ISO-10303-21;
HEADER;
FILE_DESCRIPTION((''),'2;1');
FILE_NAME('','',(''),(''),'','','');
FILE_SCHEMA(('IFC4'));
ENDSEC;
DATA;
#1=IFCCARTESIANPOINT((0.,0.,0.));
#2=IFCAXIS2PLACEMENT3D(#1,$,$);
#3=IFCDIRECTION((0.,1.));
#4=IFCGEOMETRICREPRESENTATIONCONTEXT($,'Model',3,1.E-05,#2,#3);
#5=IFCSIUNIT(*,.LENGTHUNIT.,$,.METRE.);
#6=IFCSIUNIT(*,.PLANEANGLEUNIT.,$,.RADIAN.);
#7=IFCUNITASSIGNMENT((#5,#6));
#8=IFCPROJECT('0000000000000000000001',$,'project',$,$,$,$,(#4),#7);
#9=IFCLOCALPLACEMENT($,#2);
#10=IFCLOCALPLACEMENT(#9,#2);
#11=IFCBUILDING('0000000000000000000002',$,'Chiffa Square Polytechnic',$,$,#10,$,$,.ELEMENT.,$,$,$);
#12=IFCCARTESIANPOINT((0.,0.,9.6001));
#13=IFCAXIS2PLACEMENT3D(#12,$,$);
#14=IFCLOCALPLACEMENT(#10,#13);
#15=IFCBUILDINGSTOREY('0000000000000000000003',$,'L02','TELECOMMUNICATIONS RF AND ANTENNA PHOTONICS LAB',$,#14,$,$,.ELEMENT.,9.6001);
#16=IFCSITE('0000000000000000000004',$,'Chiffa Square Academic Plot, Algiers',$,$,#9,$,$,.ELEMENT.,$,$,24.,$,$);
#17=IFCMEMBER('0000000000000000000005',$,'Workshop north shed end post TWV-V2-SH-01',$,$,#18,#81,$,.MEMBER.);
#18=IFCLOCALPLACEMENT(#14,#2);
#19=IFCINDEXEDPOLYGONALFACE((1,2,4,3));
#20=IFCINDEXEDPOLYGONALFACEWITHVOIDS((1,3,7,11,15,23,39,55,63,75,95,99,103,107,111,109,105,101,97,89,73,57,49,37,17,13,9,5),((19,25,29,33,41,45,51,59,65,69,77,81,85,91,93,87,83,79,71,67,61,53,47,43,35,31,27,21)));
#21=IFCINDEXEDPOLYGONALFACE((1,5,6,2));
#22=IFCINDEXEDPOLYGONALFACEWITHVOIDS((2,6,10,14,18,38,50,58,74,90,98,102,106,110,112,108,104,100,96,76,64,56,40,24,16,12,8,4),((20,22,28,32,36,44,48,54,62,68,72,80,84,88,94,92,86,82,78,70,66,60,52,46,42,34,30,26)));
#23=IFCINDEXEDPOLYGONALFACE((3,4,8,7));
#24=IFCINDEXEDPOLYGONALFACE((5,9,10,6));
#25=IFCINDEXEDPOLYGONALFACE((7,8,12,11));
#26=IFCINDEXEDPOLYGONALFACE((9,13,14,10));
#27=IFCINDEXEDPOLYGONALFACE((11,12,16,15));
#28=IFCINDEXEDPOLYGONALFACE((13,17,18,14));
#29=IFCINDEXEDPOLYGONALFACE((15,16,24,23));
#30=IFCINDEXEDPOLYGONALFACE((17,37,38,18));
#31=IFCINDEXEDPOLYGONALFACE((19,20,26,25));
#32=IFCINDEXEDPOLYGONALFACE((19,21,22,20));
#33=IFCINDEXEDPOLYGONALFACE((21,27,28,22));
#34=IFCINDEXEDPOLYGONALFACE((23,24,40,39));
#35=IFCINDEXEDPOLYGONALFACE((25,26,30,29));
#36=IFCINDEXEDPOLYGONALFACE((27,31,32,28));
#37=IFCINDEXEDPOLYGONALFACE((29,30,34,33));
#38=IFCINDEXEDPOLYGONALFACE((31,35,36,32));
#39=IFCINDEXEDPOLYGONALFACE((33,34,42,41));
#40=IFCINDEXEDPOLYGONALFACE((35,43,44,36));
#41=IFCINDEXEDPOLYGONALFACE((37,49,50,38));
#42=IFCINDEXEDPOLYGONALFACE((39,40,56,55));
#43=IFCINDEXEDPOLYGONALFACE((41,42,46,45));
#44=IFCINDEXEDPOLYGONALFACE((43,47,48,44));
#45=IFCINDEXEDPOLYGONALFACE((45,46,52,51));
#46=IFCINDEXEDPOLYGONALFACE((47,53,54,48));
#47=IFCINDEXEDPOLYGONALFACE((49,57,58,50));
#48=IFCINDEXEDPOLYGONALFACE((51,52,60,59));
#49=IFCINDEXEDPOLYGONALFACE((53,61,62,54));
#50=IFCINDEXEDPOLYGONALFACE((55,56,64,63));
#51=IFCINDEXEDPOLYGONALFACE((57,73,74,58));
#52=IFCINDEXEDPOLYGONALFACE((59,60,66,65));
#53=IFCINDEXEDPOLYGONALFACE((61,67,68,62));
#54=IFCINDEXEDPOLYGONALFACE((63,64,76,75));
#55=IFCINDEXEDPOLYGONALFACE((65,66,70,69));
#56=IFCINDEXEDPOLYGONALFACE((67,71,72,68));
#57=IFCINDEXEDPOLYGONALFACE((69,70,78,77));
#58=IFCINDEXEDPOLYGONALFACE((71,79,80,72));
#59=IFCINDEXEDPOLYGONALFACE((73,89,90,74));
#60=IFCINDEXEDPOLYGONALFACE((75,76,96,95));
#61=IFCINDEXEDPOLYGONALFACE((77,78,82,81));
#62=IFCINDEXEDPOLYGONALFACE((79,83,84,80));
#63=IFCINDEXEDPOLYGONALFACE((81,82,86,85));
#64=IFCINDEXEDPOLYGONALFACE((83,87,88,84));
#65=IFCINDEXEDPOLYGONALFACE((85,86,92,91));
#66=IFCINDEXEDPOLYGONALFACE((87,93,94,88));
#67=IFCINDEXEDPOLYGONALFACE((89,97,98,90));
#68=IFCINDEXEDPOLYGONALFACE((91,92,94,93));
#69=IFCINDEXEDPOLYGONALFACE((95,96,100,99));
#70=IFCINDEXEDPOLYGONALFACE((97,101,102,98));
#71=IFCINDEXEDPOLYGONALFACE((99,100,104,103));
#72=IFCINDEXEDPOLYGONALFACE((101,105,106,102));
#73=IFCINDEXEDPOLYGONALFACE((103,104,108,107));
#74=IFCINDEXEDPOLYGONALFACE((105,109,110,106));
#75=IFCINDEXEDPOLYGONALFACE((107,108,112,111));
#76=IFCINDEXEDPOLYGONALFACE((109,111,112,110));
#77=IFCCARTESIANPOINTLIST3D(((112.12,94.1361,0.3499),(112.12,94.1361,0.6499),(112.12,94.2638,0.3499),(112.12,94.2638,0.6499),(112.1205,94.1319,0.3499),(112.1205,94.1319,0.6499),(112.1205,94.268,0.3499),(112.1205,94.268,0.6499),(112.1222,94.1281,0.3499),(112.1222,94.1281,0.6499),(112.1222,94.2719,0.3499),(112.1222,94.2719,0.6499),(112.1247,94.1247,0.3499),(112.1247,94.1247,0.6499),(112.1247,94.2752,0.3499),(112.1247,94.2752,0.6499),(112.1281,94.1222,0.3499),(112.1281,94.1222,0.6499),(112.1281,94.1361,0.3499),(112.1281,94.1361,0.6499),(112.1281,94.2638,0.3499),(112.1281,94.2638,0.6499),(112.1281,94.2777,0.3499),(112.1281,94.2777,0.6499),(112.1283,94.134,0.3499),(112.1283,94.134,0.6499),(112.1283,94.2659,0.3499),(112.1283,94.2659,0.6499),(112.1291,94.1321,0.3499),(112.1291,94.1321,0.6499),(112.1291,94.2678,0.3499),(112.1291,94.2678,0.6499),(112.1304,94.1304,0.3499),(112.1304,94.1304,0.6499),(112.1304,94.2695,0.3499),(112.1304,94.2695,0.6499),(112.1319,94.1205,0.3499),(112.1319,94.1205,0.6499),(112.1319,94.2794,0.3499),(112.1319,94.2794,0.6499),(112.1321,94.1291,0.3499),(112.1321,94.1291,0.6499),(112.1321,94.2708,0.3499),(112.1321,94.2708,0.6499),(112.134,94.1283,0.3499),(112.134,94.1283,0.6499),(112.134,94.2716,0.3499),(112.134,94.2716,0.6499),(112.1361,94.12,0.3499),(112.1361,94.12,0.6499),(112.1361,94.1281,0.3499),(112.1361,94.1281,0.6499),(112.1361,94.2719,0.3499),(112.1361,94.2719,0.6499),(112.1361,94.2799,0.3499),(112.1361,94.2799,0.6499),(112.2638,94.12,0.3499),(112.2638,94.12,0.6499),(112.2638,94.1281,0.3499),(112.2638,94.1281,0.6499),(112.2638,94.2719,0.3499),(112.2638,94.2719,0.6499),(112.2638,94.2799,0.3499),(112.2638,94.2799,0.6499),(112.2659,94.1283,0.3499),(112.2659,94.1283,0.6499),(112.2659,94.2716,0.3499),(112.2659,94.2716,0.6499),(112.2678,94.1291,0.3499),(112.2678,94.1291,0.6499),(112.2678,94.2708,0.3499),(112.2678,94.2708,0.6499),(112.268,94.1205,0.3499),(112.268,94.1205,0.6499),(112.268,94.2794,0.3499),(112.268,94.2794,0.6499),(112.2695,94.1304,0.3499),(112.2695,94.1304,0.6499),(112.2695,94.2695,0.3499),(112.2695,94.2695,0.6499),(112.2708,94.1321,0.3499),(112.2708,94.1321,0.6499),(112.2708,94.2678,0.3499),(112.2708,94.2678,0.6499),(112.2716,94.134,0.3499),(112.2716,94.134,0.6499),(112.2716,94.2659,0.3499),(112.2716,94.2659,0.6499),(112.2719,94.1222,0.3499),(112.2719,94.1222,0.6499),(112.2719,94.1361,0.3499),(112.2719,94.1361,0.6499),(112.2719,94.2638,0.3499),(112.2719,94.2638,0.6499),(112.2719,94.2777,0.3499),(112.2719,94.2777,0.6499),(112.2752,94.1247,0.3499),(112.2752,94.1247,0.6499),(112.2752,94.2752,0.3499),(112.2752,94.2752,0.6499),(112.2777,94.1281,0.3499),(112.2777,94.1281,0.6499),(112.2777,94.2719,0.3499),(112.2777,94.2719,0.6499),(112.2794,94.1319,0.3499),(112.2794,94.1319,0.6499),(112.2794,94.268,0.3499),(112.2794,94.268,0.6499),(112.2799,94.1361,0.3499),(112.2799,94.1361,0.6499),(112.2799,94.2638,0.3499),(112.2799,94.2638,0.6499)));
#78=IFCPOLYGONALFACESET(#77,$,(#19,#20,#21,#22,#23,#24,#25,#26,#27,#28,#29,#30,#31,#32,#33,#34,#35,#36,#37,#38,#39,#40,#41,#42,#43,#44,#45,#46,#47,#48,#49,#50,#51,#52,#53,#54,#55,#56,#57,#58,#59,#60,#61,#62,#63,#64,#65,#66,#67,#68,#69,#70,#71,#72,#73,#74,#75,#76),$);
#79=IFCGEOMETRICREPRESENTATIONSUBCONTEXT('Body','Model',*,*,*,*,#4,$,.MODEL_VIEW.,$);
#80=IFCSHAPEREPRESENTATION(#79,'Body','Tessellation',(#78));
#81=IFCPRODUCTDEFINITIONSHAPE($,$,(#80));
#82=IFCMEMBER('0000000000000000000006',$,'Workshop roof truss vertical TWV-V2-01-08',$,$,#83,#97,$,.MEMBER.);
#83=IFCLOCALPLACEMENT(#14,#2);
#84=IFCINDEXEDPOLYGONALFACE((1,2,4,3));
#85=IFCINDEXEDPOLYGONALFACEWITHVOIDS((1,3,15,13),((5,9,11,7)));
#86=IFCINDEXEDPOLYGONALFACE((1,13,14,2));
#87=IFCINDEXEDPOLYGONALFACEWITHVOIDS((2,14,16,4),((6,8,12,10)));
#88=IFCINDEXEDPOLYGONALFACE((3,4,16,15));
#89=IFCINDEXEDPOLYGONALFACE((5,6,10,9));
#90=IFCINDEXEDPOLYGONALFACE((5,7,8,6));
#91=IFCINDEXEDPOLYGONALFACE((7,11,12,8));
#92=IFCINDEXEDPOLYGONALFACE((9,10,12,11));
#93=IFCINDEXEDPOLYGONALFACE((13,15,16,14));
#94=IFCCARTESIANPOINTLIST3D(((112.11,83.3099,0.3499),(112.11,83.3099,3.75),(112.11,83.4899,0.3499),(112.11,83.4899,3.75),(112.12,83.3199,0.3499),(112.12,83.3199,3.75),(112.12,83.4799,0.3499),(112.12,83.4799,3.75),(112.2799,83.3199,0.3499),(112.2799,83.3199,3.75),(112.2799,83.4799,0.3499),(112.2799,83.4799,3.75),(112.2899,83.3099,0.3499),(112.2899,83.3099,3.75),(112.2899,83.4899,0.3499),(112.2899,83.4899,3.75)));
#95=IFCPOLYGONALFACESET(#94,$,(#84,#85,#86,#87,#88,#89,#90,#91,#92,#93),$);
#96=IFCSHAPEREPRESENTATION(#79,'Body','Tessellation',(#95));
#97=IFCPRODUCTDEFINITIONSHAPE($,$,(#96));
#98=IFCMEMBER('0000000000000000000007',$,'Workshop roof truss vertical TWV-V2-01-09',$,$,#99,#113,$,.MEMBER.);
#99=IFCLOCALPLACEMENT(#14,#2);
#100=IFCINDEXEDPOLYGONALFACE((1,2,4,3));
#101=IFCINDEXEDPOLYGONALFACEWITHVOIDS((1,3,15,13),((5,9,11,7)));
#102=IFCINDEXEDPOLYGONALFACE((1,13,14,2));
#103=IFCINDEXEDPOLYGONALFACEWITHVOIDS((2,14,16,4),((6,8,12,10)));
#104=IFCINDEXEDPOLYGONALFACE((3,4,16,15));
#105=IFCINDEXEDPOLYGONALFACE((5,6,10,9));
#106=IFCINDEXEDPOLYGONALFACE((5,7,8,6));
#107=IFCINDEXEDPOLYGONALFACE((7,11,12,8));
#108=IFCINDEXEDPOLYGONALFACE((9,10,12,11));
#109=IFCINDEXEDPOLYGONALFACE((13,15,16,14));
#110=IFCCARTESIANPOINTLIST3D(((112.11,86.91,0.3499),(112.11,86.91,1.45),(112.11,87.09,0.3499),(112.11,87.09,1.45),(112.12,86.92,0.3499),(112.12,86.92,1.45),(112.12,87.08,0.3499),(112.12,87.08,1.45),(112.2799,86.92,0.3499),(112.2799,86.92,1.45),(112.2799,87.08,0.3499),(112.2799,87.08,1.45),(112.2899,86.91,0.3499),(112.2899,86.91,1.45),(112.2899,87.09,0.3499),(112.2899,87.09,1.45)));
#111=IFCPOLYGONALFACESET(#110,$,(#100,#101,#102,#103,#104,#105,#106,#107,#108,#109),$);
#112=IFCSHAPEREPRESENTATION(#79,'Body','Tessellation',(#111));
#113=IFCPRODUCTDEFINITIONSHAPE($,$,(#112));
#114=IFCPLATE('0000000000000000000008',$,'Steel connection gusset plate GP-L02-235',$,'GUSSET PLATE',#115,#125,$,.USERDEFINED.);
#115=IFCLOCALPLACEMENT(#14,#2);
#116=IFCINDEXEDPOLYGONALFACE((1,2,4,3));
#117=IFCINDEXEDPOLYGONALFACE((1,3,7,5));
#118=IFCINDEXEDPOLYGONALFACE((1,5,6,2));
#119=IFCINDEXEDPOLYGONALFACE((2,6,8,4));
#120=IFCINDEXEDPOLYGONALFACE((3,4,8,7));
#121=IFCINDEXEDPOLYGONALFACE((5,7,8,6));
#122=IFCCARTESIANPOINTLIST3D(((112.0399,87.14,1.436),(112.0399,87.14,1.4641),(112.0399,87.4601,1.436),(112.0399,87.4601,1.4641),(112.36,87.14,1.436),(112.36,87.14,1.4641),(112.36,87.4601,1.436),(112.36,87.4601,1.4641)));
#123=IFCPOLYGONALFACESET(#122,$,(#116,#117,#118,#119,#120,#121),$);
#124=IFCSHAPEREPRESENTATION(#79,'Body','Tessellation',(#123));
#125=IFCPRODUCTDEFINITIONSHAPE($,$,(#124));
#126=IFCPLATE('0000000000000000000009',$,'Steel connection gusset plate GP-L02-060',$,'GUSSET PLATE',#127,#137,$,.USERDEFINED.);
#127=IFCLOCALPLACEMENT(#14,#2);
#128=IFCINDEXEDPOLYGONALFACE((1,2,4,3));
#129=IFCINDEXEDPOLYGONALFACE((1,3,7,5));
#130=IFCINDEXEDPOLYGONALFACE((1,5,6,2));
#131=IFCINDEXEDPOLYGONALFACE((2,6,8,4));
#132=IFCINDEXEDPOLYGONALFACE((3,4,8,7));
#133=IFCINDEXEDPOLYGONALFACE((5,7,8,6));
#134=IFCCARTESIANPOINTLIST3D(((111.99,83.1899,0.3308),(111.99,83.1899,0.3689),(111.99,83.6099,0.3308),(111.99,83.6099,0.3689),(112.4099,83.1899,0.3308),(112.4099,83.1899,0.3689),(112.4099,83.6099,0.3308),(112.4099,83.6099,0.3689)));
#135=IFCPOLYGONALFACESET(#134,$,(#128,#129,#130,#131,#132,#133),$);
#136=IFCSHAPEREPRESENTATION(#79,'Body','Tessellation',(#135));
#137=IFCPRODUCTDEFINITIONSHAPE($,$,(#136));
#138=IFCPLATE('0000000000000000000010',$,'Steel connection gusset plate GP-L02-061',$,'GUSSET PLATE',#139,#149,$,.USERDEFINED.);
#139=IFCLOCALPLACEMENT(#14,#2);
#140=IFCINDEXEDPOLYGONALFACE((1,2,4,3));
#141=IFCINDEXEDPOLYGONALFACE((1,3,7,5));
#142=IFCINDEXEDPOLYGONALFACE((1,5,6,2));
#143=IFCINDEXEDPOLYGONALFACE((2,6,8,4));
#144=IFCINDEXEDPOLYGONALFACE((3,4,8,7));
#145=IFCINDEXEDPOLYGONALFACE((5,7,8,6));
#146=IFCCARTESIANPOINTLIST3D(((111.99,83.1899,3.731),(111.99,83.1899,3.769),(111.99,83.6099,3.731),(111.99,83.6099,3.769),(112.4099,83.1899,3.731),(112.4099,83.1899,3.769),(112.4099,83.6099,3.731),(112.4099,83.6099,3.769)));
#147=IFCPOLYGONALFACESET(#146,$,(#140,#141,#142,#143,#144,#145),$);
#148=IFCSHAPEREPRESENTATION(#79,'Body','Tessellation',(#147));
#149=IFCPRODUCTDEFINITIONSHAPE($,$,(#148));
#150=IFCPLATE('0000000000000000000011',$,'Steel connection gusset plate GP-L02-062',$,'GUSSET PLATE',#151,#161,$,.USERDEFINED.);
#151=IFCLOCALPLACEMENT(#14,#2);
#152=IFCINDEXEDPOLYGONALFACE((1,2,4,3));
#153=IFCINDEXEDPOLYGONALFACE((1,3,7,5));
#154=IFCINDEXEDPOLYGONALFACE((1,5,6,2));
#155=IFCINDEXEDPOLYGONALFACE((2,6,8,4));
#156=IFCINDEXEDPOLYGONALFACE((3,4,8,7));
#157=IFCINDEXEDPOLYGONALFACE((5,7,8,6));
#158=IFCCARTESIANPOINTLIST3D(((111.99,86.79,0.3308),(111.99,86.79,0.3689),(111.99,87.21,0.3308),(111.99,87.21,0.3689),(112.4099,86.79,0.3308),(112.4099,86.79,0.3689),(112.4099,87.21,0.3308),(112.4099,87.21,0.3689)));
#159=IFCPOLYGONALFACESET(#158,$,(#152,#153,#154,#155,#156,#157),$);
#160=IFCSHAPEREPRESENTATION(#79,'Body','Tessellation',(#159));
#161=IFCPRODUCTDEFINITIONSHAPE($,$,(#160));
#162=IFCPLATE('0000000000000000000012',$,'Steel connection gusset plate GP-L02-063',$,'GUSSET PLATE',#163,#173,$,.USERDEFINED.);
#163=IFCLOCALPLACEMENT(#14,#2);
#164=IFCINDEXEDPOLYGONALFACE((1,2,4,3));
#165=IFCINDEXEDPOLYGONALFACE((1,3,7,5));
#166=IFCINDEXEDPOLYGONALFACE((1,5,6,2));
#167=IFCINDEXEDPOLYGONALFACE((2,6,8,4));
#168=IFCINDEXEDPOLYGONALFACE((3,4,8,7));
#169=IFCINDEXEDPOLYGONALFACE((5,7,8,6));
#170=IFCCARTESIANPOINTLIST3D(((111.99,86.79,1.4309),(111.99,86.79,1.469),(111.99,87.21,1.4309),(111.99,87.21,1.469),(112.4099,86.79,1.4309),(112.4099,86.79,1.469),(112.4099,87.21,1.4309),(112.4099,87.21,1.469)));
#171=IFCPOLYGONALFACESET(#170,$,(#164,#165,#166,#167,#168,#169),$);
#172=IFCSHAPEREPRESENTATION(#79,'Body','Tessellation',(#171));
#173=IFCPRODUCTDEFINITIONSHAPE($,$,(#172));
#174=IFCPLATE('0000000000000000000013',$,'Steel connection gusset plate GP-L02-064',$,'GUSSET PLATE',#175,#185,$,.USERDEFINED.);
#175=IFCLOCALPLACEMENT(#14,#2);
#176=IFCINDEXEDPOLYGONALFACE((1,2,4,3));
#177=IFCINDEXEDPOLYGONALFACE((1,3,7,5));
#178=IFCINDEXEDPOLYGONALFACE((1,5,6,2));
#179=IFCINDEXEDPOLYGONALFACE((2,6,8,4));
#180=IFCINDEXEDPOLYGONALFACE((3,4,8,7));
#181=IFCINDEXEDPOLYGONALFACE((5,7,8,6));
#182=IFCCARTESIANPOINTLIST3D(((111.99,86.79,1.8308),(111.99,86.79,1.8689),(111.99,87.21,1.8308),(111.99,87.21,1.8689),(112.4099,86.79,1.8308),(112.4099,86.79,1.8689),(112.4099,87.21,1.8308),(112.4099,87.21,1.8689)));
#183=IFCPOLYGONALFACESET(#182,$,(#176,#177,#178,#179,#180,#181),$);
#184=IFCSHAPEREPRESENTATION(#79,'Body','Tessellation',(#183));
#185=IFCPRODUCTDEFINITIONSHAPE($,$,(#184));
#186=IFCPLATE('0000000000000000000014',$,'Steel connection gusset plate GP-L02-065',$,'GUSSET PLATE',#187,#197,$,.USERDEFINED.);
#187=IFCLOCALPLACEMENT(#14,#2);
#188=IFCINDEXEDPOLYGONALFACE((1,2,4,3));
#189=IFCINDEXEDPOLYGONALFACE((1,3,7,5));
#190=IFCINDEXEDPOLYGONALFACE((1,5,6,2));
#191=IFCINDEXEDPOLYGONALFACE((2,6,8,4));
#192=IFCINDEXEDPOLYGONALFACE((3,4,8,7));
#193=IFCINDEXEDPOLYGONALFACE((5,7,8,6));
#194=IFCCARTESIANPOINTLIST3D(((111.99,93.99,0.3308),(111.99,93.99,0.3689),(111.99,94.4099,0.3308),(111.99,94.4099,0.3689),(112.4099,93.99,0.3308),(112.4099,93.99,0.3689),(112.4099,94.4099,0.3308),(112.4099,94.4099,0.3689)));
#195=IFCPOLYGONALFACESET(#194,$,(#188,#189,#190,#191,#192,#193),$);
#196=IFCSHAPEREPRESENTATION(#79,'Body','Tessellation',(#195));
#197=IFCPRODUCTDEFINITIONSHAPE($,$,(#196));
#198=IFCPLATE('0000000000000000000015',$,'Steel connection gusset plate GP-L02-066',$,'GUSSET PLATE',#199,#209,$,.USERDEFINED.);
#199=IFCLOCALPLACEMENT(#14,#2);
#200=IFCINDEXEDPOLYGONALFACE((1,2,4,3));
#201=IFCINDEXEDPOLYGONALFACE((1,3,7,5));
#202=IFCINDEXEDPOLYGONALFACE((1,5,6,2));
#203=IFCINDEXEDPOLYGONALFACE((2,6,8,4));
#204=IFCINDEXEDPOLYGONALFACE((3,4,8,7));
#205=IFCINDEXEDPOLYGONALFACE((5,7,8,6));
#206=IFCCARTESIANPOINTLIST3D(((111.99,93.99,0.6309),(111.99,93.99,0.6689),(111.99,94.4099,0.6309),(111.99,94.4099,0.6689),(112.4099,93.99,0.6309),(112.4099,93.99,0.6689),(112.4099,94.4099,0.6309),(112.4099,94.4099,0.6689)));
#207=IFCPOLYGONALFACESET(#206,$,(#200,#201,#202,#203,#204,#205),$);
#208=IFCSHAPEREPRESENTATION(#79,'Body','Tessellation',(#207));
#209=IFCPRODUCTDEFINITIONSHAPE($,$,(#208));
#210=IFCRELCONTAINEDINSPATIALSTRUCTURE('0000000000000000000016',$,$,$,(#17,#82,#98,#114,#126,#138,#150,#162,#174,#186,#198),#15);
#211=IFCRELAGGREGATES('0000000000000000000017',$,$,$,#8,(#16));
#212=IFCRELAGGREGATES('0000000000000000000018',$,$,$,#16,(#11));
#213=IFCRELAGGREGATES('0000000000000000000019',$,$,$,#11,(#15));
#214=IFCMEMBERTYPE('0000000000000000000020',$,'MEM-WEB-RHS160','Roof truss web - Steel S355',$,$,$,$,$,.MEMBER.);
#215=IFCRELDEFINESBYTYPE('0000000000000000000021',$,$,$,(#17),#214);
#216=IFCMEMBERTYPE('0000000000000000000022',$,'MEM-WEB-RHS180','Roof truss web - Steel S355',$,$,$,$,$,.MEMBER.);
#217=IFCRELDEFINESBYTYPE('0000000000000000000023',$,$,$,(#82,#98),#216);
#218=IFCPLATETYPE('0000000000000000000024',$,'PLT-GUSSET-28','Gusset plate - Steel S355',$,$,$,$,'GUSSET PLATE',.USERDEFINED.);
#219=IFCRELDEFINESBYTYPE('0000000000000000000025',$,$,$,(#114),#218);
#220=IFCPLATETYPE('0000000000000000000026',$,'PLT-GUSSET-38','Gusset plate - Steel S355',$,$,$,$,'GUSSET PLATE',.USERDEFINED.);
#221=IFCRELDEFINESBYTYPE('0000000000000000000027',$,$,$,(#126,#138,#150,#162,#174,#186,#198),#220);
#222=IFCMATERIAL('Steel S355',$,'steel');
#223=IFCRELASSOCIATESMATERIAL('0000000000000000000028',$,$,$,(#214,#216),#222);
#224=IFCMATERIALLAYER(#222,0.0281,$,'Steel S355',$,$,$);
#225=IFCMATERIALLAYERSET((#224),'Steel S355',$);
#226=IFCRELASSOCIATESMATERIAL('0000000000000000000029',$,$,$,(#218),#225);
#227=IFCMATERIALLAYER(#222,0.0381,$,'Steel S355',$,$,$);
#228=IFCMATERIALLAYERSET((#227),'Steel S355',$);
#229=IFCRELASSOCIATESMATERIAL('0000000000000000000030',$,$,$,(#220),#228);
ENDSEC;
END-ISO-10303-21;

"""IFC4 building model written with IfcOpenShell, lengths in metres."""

from ifc_helpers import new_model, si_unit, direction, frame, origin, origin_2d, place, context, subcontext, project, spatial, rectangle, hollow_rectangle, extrude, material, layer, layer_set, material_profile, profile_set, type_object, element, save


model = new_model("IFC4")

# Units and contexts
model_context = context("Model", 3, precision=1e-05, world=origin(), true_north=direction((0.0, 1.0)))
body_context = subcontext(model_context, "Body", "Model", "MODEL_VIEW")
ifc_project = project(units=[si_unit("LENGTHUNIT", "METRE"), si_unit("PLANEANGLEUNIT", "RADIAN")], contexts=[model_context])

# Site, building, storey
site_placement = place(None, origin())
site = spatial("IfcSite", under=ifc_project, at=site_placement, Name="Chiffa Square Academic Plot, Algiers", CompositionType="ELEMENT", RefElevation=24.0)
building_placement = place(site_placement, origin())
building = spatial("IfcBuilding", under=site, at=building_placement, Name="Chiffa Square Polytechnic", CompositionType="ELEMENT")
storey_placement = place(building_placement, frame((0.0, 0.0, 9.6001)))
storey = spatial("IfcBuildingStorey", under=building, at=storey_placement, Name="L02", Description="TELECOMMUNICATIONS RF AND ANTENNA PHOTONICS LAB", CompositionType="ELEMENT", Elevation=9.6001)

# Shared definitions
ifc_material_1 = material(Name="Steel S355", Category="steel")

# Members
ifc_material_profile_1 = material_profile(ifc_material_1, hollow_rectangle(XDim=0.1599, YDim=0.1599, WallThickness=0.0081, InnerFilletRadius=0.0081, OuterFilletRadius=0.0161, at=origin_2d()), Name="RHS 160x160x8")
ifc_profile_set_1 = profile_set([ifc_material_profile_1], Name="Steel S355")
member_type_1 = type_object("IfcMemberType", Name="MEM-WEB-RHS160", Description="Roof truss web - Steel S355", PredefinedType="MEMBER", material=ifc_profile_set_1)
member_1_placement = place(storey_placement, frame((112.2, 94.2, 0.3499), z_axis=(0.0, 0.0, 1.0), x_axis=(1.0, 0.0, 0.0)))
element("IfcMember", 1, at=member_1_placement, inside=storey, type_object=member_type_1, Name="Workshop north shed end post TWV-V2-SH-01", PredefinedType="MEMBER", context=body_context, shape_type="SweptSolid", body=[
    extrude(hollow_rectangle(XDim=0.1599, YDim=0.1599, WallThickness=0.0081, InnerFilletRadius=0.0081, OuterFilletRadius=0.0161, at=origin_2d()), origin(), (0.0, 0.0, 1.0), 0.3),
])
ifc_material_profile_2 = material_profile(ifc_material_1, hollow_rectangle(XDim=0.1799, YDim=0.1799, WallThickness=0.01, at=origin_2d()), Name="RHS 180x180x10")
ifc_profile_set_2 = profile_set([ifc_material_profile_2], Name="Steel S355")
member_type_2 = type_object("IfcMemberType", Name="MEM-WEB-RHS180", Description="Roof truss web - Steel S355", PredefinedType="MEMBER", material=ifc_profile_set_2)
member_2_placement = place(storey_placement, frame((112.2, 83.3999, 0.3499), z_axis=(0.0, 0.0, 1.0), x_axis=(1.0, 0.0, 0.0)))
element("IfcMember", 2, at=member_2_placement, inside=storey, type_object=member_type_2, Name="Workshop roof truss vertical TWV-V2-01-08", PredefinedType="MEMBER", context=body_context, shape_type="SweptSolid", body=[
    extrude(hollow_rectangle(XDim=0.1799, YDim=0.1799, WallThickness=0.01, at=origin_2d()), origin(), (0.0, 0.0, 1.0), 3.4001),
])
member_3_placement = place(storey_placement, frame((112.2, 87.0, 0.3499), z_axis=(0.0, 0.0, 1.0), x_axis=(1.0, 0.0, 0.0)))
element("IfcMember", 3, at=member_3_placement, inside=storey, type_object=member_type_2, Name="Workshop roof truss vertical TWV-V2-01-09", PredefinedType="MEMBER", context=body_context, shape_type="SweptSolid", body=[
    extrude(hollow_rectangle(XDim=0.1799, YDim=0.1799, WallThickness=0.01, at=origin_2d()), origin(), (0.0, 0.0, 1.0), 1.1001),
])

# Plates
ifc_layer_1 = layer(ifc_material_1, 0.0281, Name="Steel S355")
ifc_layer_set_1 = layer_set([ifc_layer_1], Name="Steel S355")
plate_type_1 = type_object("IfcPlateType", Name="PLT-GUSSET-28", Description="Gusset plate - Steel S355", ElementType="GUSSET PLATE", PredefinedType="USERDEFINED", material=ifc_layer_set_1)
plate_placement = place(storey_placement, frame((112.2, 87.3, 1.436), z_axis=(0.0, 0.0, 1.0), x_axis=(1.0, 0.0, 0.0)))
element("IfcPlate", 4, at=plate_placement, inside=storey, type_object=plate_type_1, Name="Steel connection gusset plate GP-L02-235", ObjectType="GUSSET PLATE", PredefinedType="USERDEFINED", context=body_context, shape_type="SweptSolid", body=[
    extrude(rectangle(XDim=0.3201, YDim=0.3201, at=origin_2d()), origin(), (0.0, 0.0, 1.0), 0.0281),
])
ifc_layer_2 = layer(ifc_material_1, 0.0381, Name="Steel S355")
ifc_layer_set_2 = layer_set([ifc_layer_2], Name="Steel S355")
plate_type_2 = type_object("IfcPlateType", Name="PLT-GUSSET-38", Description="Gusset plate - Steel S355", ElementType="GUSSET PLATE", PredefinedType="USERDEFINED", material=ifc_layer_set_2)
for number, where, z_axis, x_axis, name in (
    (5, (112.2, 83.3999, 0.3308), (0.0, 0.0, 1.0), (1.0, 0.0, 0.0), "Steel connection gusset plate GP-L02-060"),
    (6, (112.2, 83.3999, 3.731), (0.0, 0.0, 1.0), (1.0, 0.0, 0.0), "Steel connection gusset plate GP-L02-061"),
    (7, (112.2, 87.0, 0.3308), (0.0, 0.0, 1.0), (1.0, 0.0, 0.0), "Steel connection gusset plate GP-L02-062"),
    (8, (112.2, 87.0, 1.4309), (0.0, 0.0, 1.0), (1.0, 0.0, 0.0), "Steel connection gusset plate GP-L02-063"),
    (9, (112.2, 87.0, 1.8308), (0.0, 0.0, 1.0), (1.0, 0.0, 0.0), "Steel connection gusset plate GP-L02-064"),
    (10, (112.2, 94.2, 0.3308), (0.0, 0.0, 1.0), (1.0, 0.0, 0.0), "Steel connection gusset plate GP-L02-065"),
    (11, (112.2, 94.2, 0.6309), (0.0, 0.0, 1.0), (1.0, 0.0, 0.0), "Steel connection gusset plate GP-L02-066"),
):
    element("IfcPlate", number, at=place(storey_placement, frame(where, z_axis=z_axis, x_axis=x_axis)), inside=storey, type_object=plate_type_2, Name=name, ObjectType="GUSSET PLATE", PredefinedType="USERDEFINED", context=body_context, shape_type="SweptSolid", body=[
        extrude(rectangle(XDim=0.4199, YDim=0.4199, at=origin_2d()), origin(), (0.0, 0.0, 1.0), 0.0381),
    ])

save(model, "model.ifc")
